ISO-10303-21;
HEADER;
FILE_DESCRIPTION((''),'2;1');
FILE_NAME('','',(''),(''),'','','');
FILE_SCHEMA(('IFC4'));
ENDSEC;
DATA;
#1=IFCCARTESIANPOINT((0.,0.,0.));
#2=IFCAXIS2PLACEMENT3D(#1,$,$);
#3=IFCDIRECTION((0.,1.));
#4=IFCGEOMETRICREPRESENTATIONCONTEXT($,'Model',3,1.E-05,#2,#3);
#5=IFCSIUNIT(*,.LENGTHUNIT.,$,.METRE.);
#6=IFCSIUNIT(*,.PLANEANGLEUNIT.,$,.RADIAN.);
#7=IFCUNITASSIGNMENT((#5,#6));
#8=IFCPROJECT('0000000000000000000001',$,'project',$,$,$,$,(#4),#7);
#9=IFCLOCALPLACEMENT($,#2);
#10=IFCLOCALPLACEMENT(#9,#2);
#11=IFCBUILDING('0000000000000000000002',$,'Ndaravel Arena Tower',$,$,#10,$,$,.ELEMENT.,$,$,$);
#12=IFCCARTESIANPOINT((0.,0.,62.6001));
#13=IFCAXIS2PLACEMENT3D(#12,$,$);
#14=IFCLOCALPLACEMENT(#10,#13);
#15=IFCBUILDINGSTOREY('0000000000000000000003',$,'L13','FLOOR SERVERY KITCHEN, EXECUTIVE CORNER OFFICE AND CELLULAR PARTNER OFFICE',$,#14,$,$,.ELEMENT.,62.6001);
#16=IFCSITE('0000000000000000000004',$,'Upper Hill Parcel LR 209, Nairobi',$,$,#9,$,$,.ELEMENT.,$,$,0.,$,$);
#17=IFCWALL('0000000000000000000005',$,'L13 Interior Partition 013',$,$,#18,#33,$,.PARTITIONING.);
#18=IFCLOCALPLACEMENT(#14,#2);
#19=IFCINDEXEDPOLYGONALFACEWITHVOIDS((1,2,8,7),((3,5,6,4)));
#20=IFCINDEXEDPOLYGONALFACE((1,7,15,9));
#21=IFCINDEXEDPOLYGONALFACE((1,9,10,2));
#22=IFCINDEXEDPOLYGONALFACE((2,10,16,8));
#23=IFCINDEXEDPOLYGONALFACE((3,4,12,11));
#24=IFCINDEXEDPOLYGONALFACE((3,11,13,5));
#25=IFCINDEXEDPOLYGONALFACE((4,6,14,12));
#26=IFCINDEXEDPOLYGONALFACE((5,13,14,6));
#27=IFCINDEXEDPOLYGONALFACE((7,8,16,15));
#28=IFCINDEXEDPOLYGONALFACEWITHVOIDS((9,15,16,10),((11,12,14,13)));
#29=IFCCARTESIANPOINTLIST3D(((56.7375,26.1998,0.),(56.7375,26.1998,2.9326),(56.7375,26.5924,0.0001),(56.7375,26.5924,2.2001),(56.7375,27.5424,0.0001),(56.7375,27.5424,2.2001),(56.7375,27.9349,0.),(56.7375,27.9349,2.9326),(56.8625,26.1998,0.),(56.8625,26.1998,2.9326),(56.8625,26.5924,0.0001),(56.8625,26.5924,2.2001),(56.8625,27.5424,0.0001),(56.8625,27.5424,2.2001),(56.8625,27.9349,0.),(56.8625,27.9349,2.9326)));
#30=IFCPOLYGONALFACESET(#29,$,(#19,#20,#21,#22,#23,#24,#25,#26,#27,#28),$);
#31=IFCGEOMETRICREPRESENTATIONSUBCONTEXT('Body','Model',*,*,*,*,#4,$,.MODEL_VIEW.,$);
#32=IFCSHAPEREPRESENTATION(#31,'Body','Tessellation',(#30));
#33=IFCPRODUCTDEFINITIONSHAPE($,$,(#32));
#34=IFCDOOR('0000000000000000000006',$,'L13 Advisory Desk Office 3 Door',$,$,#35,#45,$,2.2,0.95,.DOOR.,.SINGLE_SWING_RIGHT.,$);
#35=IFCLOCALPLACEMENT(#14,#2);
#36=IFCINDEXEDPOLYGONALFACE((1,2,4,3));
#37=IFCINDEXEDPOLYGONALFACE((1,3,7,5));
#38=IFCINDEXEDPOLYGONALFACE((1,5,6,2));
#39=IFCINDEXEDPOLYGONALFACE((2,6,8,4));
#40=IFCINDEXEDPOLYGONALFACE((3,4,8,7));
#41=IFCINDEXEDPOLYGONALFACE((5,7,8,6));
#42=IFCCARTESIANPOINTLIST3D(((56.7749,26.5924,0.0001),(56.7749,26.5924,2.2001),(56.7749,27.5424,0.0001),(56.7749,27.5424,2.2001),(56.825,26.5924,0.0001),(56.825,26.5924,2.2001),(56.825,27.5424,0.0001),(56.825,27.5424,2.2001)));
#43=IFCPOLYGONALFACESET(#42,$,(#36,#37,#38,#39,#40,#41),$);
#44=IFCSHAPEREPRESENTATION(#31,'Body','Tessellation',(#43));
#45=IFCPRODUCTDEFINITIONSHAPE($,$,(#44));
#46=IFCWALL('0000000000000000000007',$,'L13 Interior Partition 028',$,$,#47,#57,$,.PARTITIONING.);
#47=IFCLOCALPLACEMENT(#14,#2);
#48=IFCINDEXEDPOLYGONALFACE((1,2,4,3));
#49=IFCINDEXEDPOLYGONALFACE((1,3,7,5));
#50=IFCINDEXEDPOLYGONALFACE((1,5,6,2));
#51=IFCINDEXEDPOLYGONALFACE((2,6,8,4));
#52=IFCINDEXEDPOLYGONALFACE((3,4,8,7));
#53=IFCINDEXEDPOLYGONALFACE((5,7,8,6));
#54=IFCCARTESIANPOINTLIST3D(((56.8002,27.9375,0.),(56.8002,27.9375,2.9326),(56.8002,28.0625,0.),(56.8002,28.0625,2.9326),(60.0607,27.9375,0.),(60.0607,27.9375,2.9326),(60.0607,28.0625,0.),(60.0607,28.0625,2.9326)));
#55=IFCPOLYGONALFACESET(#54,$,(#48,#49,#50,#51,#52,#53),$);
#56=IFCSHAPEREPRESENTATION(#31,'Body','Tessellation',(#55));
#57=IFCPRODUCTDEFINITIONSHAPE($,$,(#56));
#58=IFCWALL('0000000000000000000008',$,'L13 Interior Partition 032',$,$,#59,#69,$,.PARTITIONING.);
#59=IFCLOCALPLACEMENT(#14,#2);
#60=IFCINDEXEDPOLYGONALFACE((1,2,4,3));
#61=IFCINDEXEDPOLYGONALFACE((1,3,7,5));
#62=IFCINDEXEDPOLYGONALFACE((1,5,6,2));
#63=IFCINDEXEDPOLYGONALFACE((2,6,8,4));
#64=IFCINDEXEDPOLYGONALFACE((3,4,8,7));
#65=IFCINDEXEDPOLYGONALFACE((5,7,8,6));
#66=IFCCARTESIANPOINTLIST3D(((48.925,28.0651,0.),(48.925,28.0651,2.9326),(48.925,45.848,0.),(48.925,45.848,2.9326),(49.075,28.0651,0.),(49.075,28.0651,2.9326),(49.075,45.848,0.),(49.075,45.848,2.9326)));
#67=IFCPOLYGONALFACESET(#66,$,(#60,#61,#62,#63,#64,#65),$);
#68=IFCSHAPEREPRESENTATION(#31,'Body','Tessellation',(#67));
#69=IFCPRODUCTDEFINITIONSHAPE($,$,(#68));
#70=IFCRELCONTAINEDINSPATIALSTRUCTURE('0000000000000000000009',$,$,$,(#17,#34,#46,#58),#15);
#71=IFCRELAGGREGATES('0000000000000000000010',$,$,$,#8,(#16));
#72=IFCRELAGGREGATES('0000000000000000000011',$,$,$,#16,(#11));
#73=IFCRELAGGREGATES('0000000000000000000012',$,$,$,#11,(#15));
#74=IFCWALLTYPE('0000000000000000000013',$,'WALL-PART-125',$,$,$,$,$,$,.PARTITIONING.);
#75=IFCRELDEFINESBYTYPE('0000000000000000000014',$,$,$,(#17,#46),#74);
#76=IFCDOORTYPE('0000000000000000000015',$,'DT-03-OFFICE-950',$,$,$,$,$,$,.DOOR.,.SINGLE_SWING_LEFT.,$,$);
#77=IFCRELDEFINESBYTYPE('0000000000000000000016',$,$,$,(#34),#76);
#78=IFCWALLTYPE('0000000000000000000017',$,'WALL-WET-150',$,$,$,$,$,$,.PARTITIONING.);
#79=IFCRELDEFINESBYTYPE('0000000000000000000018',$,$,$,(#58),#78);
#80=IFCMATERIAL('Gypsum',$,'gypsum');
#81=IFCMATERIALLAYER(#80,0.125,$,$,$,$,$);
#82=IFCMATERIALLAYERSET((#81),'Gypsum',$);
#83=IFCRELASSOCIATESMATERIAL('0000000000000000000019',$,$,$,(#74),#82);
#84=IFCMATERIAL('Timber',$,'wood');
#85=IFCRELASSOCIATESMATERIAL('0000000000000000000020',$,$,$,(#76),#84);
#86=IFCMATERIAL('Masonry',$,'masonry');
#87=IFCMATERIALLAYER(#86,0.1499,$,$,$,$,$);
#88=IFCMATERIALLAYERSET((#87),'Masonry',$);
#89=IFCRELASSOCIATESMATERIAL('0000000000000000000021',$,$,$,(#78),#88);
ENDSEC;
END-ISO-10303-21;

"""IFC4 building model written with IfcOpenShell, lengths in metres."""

from ifc_helpers import new_model, si_unit, direction, frame, frame_2d, origin, place, context, subcontext, project, spatial, rectangle, extrude, material, layer, layer_set, type_object, element, fill, save


model = new_model("IFC4")

# Units and contexts
model_context = context("Model", 3, precision=1e-05, world=origin(), true_north=direction((0.0, 1.0)))
body_context = subcontext(model_context, "Body", "Model", "MODEL_VIEW")
ifc_project = project(units=[si_unit("LENGTHUNIT", "METRE"), si_unit("PLANEANGLEUNIT", "RADIAN")], contexts=[model_context])

# Site, building, storey
site_placement = place(None, origin())
site = spatial("IfcSite", under=ifc_project, at=site_placement, Name="Upper Hill Parcel LR 209, Nairobi", CompositionType="ELEMENT", RefElevation=0.0)
building_placement = place(site_placement, origin())
building = spatial("IfcBuilding", under=site, at=building_placement, Name="Ndaravel Arena Tower", CompositionType="ELEMENT")
storey_placement = place(building_placement, frame((0.0, 0.0, 62.6001)))
storey = spatial("IfcBuildingStorey", under=building, at=storey_placement, Name="L13", Description="FLOOR SERVERY KITCHEN, EXECUTIVE CORNER OFFICE AND CELLULAR PARTNER OFFICE", CompositionType="ELEMENT", Elevation=62.6001)

# Wall, opening, door
ifc_material_1 = material(Name="Gypsum", Category="gypsum")
ifc_layer_1 = layer(ifc_material_1, 0.125)
ifc_layer_set_1 = layer_set([ifc_layer_1], Name="Gypsum")
wall_type_1 = type_object("IfcWallType", Name="WALL-PART-125", PredefinedType="PARTITIONING", material=ifc_layer_set_1)
ifc_material_2 = material(Name="Timber", Category="wood")
door_type = type_object("IfcDoorType", Name="DT-03-OFFICE-950", OperationType="SINGLE_SWING_LEFT", PredefinedType="DOOR", material=ifc_material_2)
wall_1_placement = place(storey_placement, frame((56.8, 27.9351, 0.0), z_axis=(0.0, 0.0, 1.0), x_axis=(0.0, -1.0, 0.0)))
wall_1 = element("IfcWall", 1, at=wall_1_placement, inside=storey, type_object=wall_type_1, Name="L13 Interior Partition 013", PredefinedType="PARTITIONING", context=body_context, shape_type="SweptSolid", body=[
    extrude(rectangle(XDim=1.7351, YDim=0.125, at=frame_2d((0.8677, 0.0))), origin(), (0.0, 0.0, 1.0), 2.9326),
])
opening_1_placement = place(wall_1_placement, frame((0.3926, 0.0, 0.0)))
opening_1 = element("IfcOpeningElement", 2, at=opening_1_placement, cuts=wall_1, PredefinedType="OPENING", context=body_context, shape_type="SweptSolid", body=[
    extrude(rectangle(XDim=0.95, YDim=2.2, at=frame_2d((0.4751, 1.1001))), frame((0.0, 0.0625, 0.0), z_axis=(0.0, -1.0, 0.0), x_axis=(1.0, 0.0, 0.0)), (0.0, 0.0, 1.0), 0.125),
])
door_1_placement = place(opening_1_placement, origin())
door_1 = element("IfcDoor", 3, at=door_1_placement, inside=storey, type_object=door_type, Name="L13 Advisory Desk Office 3 Door", OperationType="SINGLE_SWING_RIGHT", OverallHeight=2.2, OverallWidth=0.95, PredefinedType="DOOR", context=body_context, shape_type="SweptSolid", body=[
    extrude(rectangle(XDim=0.95, YDim=2.2, at=frame_2d((0.4751, 1.1001))), frame((0.0, 0.0249, 0.0), z_axis=(0.0, -1.0, 0.0), x_axis=(1.0, 0.0, 0.0)), (0.0, 0.0, 1.0), 0.05),
])
fill(opening_1, door_1)

# Walls
wall_2_placement = place(storey_placement, frame((56.8, 28.0, 0.0), z_axis=(0.0, 0.0, 1.0), x_axis=(1.0, 0.0, 0.0)))
element("IfcWall", 4, at=wall_2_placement, inside=storey, type_object=wall_type_1, Name="L13 Interior Partition 028", PredefinedType="PARTITIONING", context=body_context, shape_type="SweptSolid", body=[
    extrude(rectangle(XDim=3.2605, YDim=0.125, at=frame_2d((1.6304, 0.0))), origin(), (0.0, 0.0, 1.0), 2.9326),
])
ifc_material_3 = material(Name="Masonry", Category="masonry")
ifc_layer_2 = layer(ifc_material_3, 0.1499)
ifc_layer_set_2 = layer_set([ifc_layer_2], Name="Masonry")
wall_type_2 = type_object("IfcWallType", Name="WALL-WET-150", PredefinedType="PARTITIONING", material=ifc_layer_set_2)
wall_3_placement = place(storey_placement, frame((49.0, 28.0649, 0.0), z_axis=(0.0, 0.0, 1.0), x_axis=(0.0, 1.0, 0.0)))
element("IfcWall", 5, at=wall_3_placement, inside=storey, type_object=wall_type_2, Name="L13 Interior Partition 032", PredefinedType="PARTITIONING", context=body_context, shape_type="SweptSolid", body=[
    extrude(rectangle(XDim=17.783, YDim=0.1499, at=frame_2d((8.8916, 0.0))), origin(), (0.0, 0.0, 1.0), 2.9326),
])

save(model, "model.ifc")
